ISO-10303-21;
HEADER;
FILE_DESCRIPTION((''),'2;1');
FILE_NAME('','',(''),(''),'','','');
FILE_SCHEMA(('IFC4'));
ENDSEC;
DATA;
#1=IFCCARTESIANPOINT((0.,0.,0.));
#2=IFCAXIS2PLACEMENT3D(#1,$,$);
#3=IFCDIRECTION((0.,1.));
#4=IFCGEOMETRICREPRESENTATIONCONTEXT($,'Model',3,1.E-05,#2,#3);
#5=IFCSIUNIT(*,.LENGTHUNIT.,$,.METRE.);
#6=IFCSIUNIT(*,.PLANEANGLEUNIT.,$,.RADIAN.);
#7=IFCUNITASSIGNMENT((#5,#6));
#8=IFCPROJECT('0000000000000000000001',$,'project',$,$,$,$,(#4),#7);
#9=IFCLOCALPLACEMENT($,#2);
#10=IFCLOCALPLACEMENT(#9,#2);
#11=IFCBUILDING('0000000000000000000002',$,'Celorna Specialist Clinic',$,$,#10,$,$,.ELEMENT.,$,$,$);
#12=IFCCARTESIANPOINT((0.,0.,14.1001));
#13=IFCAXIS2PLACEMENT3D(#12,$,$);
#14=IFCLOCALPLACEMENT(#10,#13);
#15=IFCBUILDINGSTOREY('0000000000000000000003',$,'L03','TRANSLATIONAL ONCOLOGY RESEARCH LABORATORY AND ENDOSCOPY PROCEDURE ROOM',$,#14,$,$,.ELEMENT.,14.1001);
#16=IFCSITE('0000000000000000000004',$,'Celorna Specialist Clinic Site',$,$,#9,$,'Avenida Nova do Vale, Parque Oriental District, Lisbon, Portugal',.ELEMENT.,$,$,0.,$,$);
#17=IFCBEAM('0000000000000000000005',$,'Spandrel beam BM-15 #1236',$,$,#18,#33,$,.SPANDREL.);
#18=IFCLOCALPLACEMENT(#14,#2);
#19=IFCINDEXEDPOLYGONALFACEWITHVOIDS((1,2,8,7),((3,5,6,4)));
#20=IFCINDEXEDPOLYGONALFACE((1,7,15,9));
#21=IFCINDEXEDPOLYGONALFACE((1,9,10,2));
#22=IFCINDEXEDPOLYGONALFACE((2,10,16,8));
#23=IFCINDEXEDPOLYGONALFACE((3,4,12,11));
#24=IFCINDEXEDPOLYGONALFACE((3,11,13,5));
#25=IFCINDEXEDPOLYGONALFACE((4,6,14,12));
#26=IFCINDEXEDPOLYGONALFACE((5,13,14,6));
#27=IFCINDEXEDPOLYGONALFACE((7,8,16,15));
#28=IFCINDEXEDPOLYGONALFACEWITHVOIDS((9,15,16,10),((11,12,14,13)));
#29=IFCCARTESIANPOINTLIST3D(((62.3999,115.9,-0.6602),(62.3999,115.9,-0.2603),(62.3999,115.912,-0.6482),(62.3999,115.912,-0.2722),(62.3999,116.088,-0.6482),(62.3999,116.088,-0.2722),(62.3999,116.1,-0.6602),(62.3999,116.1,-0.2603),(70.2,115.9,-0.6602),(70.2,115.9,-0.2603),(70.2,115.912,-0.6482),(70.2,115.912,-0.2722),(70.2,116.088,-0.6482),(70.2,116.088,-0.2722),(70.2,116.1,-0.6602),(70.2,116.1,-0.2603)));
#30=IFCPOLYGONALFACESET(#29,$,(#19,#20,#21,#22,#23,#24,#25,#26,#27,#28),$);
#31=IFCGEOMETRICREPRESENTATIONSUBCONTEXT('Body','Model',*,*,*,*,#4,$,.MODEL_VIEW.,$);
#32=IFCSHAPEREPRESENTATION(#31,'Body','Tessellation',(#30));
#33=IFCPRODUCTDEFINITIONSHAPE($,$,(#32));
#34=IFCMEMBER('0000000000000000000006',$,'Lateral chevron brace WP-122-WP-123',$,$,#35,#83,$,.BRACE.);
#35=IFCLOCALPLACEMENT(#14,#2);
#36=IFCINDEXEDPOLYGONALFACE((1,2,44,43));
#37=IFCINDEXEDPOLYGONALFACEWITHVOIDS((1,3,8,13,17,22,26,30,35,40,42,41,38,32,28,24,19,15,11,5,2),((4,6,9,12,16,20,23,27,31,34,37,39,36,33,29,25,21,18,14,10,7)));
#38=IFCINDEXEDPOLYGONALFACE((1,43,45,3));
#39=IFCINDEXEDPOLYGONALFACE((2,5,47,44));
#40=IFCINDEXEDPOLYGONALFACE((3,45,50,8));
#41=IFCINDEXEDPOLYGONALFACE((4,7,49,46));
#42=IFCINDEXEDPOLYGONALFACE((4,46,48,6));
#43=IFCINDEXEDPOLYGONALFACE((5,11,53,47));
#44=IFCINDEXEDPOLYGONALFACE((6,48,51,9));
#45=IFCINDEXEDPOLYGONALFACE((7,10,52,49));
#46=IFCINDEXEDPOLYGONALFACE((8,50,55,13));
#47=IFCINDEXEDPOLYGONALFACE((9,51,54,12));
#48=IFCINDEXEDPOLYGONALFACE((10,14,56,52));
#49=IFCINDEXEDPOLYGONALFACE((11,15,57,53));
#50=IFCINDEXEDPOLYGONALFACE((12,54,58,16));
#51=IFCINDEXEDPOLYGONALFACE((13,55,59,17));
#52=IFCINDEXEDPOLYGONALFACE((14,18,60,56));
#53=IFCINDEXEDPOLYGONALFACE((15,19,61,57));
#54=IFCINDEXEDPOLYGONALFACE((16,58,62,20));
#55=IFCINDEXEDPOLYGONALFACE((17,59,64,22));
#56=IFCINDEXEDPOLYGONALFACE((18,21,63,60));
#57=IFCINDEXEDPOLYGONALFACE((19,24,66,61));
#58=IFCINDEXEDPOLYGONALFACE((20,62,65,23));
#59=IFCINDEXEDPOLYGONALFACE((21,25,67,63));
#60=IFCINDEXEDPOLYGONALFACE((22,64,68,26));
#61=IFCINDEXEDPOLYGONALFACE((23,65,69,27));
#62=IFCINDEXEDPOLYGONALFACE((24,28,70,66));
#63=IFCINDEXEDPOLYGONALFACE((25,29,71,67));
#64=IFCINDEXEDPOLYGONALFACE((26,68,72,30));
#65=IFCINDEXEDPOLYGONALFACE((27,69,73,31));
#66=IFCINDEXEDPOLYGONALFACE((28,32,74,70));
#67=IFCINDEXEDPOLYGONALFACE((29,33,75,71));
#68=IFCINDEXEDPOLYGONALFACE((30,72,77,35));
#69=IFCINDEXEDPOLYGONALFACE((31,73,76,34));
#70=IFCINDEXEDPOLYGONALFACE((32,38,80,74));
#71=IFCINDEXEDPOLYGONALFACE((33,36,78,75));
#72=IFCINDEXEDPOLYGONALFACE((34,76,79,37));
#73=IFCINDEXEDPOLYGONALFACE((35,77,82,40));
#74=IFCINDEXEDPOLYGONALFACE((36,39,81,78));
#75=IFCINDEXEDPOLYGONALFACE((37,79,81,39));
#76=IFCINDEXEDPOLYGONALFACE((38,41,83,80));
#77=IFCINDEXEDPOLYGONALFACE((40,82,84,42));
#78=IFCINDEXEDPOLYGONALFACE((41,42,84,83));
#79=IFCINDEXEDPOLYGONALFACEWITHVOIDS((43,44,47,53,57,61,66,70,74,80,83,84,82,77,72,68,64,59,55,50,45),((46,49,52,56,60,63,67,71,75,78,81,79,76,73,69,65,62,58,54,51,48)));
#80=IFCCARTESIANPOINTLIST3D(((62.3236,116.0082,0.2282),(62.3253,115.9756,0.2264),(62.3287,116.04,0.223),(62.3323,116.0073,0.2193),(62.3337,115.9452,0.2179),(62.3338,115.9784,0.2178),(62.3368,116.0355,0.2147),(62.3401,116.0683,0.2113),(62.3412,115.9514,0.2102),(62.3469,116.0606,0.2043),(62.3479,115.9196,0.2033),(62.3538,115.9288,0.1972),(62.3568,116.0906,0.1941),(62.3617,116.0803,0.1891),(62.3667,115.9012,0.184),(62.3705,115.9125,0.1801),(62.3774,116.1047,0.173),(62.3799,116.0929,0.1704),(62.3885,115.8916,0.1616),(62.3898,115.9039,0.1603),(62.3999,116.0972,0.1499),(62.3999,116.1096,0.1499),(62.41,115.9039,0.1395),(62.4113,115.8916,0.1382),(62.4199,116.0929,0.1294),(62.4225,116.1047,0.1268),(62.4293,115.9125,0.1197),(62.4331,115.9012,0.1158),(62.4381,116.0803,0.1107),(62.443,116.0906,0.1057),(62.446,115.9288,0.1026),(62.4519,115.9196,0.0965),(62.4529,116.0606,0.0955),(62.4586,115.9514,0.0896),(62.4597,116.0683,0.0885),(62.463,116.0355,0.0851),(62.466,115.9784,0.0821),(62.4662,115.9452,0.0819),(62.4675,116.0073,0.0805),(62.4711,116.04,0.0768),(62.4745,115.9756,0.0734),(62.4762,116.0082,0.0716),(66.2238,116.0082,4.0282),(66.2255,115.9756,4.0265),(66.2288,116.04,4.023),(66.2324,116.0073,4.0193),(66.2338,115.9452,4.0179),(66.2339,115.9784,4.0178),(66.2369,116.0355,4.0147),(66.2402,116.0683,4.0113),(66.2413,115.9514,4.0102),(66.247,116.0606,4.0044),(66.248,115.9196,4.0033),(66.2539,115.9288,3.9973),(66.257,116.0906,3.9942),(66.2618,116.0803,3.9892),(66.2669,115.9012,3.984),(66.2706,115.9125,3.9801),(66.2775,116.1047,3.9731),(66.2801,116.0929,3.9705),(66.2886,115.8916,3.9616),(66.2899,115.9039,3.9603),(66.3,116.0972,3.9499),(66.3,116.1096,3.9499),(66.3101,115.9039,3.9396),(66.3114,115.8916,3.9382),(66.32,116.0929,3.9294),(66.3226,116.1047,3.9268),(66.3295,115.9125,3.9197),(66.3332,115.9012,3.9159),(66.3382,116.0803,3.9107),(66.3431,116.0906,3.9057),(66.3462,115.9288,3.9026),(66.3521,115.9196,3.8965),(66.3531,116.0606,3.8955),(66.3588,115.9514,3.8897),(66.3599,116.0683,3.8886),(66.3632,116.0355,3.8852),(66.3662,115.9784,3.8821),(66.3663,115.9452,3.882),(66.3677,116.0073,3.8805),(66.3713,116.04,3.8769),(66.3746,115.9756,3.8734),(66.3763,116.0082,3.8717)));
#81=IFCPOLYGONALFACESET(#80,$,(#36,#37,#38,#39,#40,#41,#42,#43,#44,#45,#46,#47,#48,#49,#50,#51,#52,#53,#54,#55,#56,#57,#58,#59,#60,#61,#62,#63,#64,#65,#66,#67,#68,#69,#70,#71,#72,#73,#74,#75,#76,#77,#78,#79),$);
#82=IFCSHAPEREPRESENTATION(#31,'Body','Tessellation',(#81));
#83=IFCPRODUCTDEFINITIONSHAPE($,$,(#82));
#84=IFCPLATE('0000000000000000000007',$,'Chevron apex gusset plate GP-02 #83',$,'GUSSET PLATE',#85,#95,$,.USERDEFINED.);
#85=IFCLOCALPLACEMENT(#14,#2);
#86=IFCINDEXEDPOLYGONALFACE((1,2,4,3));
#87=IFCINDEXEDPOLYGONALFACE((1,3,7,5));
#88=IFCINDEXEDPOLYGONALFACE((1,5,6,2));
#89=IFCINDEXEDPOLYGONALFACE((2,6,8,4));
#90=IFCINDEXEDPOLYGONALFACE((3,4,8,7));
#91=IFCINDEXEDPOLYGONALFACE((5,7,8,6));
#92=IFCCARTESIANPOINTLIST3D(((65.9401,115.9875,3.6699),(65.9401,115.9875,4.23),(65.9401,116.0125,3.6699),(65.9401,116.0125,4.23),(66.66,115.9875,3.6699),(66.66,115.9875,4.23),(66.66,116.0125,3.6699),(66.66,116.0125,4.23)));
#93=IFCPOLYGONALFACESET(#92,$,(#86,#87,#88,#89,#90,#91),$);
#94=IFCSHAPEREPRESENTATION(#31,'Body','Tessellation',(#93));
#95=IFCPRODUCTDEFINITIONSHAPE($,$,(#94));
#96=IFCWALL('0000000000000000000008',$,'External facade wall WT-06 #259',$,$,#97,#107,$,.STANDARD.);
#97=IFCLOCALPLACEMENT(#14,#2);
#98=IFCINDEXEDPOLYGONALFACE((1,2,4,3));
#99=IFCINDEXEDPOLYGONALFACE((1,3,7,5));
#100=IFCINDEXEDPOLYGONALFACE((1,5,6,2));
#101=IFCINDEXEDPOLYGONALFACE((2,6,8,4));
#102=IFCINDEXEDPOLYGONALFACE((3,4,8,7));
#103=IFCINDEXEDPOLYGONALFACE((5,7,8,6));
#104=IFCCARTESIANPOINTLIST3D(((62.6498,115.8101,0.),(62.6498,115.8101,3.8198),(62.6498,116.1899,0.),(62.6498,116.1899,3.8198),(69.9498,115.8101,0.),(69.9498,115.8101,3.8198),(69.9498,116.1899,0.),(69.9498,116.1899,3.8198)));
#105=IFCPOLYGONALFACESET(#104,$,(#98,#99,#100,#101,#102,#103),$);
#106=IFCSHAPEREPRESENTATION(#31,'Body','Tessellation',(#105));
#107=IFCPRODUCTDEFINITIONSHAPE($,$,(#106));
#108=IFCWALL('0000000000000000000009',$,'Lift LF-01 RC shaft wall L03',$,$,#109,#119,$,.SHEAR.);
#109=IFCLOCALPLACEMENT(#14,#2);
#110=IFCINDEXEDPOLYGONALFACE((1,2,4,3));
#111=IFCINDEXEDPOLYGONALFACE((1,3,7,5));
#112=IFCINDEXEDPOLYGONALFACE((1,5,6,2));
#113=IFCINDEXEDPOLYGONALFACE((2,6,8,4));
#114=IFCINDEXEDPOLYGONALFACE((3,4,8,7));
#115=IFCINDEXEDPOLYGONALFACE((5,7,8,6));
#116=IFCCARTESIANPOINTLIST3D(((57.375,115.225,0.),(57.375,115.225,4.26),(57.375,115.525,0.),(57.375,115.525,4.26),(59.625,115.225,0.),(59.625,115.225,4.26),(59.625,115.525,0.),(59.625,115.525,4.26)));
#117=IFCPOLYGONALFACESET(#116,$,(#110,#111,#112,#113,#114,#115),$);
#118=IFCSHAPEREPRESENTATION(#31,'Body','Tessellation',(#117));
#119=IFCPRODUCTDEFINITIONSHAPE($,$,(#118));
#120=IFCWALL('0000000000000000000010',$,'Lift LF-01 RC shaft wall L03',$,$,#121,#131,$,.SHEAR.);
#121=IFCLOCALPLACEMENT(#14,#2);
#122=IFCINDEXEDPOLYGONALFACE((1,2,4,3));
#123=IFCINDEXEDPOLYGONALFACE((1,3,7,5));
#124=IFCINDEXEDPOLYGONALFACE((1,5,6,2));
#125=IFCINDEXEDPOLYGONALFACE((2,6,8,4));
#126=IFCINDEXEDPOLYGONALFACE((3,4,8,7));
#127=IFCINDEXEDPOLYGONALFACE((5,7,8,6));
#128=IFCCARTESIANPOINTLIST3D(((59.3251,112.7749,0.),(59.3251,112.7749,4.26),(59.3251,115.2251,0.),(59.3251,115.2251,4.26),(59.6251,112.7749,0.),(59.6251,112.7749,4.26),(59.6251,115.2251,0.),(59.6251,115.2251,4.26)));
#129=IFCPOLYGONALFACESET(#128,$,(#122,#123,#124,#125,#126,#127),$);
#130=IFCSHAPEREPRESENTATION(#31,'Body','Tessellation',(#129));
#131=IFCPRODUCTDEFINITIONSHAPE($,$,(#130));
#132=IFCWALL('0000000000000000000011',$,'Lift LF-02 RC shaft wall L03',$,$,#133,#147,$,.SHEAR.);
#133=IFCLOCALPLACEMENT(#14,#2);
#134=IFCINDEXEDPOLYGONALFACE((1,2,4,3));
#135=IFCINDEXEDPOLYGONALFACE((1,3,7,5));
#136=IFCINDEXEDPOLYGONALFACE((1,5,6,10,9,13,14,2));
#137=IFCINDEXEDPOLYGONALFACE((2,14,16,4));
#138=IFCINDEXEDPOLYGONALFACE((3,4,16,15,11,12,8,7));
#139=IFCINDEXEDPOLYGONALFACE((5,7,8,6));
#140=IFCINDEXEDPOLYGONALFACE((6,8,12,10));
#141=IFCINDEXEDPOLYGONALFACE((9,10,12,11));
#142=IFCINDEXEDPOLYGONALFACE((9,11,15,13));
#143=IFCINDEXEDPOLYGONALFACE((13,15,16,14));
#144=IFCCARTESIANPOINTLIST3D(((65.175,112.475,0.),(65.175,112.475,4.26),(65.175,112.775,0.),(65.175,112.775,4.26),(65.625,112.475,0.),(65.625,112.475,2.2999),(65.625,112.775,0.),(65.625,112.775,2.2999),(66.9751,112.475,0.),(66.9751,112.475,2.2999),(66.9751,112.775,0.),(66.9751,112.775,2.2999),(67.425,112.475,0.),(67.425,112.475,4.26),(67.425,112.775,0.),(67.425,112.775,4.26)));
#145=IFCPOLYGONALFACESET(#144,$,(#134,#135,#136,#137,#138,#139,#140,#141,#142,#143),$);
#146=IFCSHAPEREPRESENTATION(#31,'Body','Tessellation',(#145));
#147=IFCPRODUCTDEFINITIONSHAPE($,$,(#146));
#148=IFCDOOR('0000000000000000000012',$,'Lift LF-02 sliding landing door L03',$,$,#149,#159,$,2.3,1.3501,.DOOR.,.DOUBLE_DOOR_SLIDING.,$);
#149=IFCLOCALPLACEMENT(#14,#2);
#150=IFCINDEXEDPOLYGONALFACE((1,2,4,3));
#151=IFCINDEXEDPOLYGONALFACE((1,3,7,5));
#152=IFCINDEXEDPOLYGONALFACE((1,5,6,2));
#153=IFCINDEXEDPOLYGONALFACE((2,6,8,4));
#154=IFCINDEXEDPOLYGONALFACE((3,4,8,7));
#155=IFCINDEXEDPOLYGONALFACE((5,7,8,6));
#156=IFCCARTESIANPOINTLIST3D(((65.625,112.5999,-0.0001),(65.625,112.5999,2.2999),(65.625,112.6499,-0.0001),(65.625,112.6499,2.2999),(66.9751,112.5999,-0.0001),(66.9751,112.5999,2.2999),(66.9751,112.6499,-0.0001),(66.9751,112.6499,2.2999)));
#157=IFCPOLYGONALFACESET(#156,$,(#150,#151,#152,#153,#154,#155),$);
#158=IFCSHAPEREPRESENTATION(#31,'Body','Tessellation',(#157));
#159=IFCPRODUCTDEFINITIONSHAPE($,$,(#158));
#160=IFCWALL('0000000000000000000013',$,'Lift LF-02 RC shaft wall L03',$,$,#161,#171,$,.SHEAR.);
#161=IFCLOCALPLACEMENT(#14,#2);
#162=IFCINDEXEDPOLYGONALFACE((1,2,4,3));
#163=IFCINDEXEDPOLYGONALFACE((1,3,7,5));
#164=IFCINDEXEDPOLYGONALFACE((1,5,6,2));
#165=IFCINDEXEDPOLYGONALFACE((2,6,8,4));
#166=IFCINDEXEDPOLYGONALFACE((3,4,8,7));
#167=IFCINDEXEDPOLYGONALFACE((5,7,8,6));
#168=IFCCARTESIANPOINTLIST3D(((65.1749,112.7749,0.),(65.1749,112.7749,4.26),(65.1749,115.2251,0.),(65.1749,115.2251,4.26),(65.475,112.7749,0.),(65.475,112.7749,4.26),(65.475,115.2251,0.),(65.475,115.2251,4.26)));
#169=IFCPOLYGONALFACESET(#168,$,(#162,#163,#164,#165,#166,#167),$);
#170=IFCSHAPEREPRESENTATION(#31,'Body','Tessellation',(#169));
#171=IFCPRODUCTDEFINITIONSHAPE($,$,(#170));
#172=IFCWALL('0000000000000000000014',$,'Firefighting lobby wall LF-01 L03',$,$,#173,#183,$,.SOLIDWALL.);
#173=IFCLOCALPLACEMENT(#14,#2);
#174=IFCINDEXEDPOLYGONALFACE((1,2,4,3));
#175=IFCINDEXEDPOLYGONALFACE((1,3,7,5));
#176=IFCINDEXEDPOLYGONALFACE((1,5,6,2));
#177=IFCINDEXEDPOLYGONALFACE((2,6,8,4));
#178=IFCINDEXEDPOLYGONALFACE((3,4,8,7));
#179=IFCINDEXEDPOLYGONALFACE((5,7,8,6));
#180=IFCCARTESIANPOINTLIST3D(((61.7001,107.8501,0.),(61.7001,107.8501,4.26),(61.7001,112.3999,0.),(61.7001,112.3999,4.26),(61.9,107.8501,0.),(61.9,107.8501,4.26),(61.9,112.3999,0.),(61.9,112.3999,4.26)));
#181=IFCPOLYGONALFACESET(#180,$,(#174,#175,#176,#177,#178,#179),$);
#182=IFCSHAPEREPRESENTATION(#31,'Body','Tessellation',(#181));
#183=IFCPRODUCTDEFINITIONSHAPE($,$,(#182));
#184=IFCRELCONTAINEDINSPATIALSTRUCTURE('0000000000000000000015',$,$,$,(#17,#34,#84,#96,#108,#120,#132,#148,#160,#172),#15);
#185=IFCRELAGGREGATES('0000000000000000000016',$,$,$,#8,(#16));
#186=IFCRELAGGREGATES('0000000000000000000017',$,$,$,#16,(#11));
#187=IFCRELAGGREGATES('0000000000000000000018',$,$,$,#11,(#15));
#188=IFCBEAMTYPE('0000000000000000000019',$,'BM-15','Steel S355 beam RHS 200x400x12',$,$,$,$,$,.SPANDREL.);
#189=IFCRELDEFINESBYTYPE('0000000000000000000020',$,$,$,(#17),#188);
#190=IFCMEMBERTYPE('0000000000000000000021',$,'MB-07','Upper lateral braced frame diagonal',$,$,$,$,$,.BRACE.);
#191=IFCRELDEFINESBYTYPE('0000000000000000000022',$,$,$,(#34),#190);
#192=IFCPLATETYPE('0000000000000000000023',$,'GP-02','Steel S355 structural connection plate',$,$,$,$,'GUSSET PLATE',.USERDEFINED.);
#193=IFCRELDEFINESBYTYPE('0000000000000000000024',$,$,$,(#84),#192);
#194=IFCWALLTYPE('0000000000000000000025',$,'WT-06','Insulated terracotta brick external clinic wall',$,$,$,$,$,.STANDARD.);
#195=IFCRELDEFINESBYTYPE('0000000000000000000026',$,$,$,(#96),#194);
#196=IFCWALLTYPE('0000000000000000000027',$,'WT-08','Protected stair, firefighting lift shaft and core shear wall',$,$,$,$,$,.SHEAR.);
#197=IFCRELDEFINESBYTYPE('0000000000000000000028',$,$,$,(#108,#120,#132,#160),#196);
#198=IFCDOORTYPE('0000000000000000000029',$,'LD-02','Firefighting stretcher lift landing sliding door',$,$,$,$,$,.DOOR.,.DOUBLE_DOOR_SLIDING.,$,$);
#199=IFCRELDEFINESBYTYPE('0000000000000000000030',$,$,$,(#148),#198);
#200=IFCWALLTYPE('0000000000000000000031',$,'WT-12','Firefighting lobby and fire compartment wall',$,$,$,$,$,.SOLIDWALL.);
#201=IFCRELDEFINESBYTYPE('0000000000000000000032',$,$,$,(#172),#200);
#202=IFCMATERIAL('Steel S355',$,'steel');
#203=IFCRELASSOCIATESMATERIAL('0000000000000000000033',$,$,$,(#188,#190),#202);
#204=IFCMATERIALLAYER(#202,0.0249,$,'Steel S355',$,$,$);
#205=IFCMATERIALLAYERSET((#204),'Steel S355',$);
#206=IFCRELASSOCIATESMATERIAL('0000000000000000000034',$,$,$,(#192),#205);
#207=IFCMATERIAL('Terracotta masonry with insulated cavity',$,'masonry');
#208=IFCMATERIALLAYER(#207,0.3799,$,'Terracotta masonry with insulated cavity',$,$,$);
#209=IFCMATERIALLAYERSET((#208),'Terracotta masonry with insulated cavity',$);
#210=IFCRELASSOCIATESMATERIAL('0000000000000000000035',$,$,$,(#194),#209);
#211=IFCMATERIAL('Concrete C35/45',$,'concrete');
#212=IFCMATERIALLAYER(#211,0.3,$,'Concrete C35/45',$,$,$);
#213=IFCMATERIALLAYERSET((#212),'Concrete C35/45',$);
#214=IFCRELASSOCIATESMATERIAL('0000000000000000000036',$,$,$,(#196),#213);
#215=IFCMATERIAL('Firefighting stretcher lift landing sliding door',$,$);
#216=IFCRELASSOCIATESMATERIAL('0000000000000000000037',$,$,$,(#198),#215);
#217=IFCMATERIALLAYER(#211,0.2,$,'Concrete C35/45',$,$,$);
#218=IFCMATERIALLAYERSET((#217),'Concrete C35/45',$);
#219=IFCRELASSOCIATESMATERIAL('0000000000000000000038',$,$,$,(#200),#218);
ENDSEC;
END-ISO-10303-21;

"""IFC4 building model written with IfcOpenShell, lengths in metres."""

from ifc_helpers import new_model, si_unit, direction, frame, frame_2d, origin, origin_2d, place, context, subcontext, project, spatial, rectangle, hollow_rectangle, hollow_circle, extrude, material, layer, layer_set, material_profile, profile_set, type_object, element, fill, save


model = new_model("IFC4")

# Units and contexts
model_context = context("Model", 3, precision=1e-05, world=origin(), true_north=direction((0.0, 1.0)))
body_context = subcontext(model_context, "Body", "Model", "MODEL_VIEW")
ifc_project = project(units=[si_unit("LENGTHUNIT", "METRE"), si_unit("PLANEANGLEUNIT", "RADIAN")], contexts=[model_context])

# Site, building, storey
site_placement = place(None, origin())
site = spatial("IfcSite", under=ifc_project, at=site_placement, Name="Celorna Specialist Clinic Site", LongName="Avenida Nova do Vale, Parque Oriental District, Lisbon, Portugal", CompositionType="ELEMENT", RefElevation=0.0)
building_placement = place(site_placement, origin())
building = spatial("IfcBuilding", under=site, at=building_placement, Name="Celorna Specialist Clinic", CompositionType="ELEMENT")
storey_placement = place(building_placement, frame((0.0, 0.0, 14.1001)))
storey = spatial("IfcBuildingStorey", under=building, at=storey_placement, Name="L03", Description="TRANSLATIONAL ONCOLOGY RESEARCH LABORATORY AND ENDOSCOPY PROCEDURE ROOM", CompositionType="ELEMENT", Elevation=14.1001)

# Shared definitions
ifc_material_1 = material(Name="Concrete C35/45", Category="concrete")

# Beam
ifc_material_2 = material(Name="Steel S355", Category="steel")
ifc_material_profile_1 = material_profile(ifc_material_2, hollow_rectangle(XDim=0.2, YDim=0.3999, WallThickness=0.012, at=origin_2d()), Name="RHS 200x400x12")
ifc_profile_set_1 = profile_set([ifc_material_profile_1], Name="Steel S355")
beam_type_1 = type_object("IfcBeamType", Name="BM-15", Description="Steel S355 beam RHS 200x400x12", PredefinedType="SPANDREL", material=ifc_profile_set_1)
beam_1_placement = place(storey_placement, frame((62.3999, 116.0, -0.4602), z_axis=(1.0, 0.0, 0.0), x_axis=(0.0, 1.0, 0.0)))
element("IfcBeam", 1, at=beam_1_placement, inside=storey, type_object=beam_type_1, Name="Spandrel beam BM-15 #1236", PredefinedType="SPANDREL", context=body_context, shape_type="SweptSolid", body=[
    extrude(hollow_rectangle(XDim=0.2, YDim=0.3999, WallThickness=0.012, at=origin_2d()), origin(), (0.0, 0.0, 1.0), 7.8),
])

# Member
ifc_material_profile_2 = material_profile(ifc_material_2, hollow_circle(Radius=0.1096, WallThickness=0.0125, at=origin_2d()), Name="CHS 219.1x12.5")
ifc_profile_set_2 = profile_set([ifc_material_profile_2], Name="Steel S355")
member_type = type_object("IfcMemberType", Name="MB-07", Description="Upper lateral braced frame diagonal", PredefinedType="BRACE", material=ifc_profile_set_2)
member_placement = place(storey_placement, frame((62.3999, 116.0, 0.1499), z_axis=(0.716238, 0.0, 0.697856), x_axis=(0.0, 1.0, 0.0)))
element("IfcMember", 2, at=member_placement, inside=storey, type_object=member_type, Name="Lateral chevron brace WP-122-WP-123", PredefinedType="BRACE", context=body_context, shape_type="SweptSolid", body=[
    extrude(hollow_circle(Radius=0.1096, WallThickness=0.0125, at=origin_2d()), origin(), (0.0, 0.0, 1.0), 5.4453),
])

# Plate
ifc_layer_1 = layer(ifc_material_2, 0.0249, Name="Steel S355")
ifc_layer_set_1 = layer_set([ifc_layer_1], Name="Steel S355")
plate_type = type_object("IfcPlateType", Name="GP-02", Description="Steel S355 structural connection plate", ElementType="GUSSET PLATE", PredefinedType="USERDEFINED", material=ifc_layer_set_1)
plate_placement = place(storey_placement, frame((66.3, 116.0, 3.6699), z_axis=(0.0, 0.0, 1.0), x_axis=(1.0, 0.0, 0.0)))
element("IfcPlate", 3, at=plate_placement, inside=storey, type_object=plate_type, Name="Chevron apex gusset plate GP-02 #83", ObjectType="GUSSET PLATE", PredefinedType="USERDEFINED", context=body_context, shape_type="SweptSolid", body=[
    extrude(rectangle(XDim=0.72, YDim=0.0249, at=origin_2d()), origin(), (0.0, 0.0, 1.0), 0.5601),
])

# Walls
ifc_material_3 = material(Name="Terracotta masonry with insulated cavity", Category="masonry")
ifc_layer_2 = layer(ifc_material_3, 0.3799, Name="Terracotta masonry with insulated cavity")
ifc_layer_set_2 = layer_set([ifc_layer_2], Name="Terracotta masonry with insulated cavity")
wall_type_1 = type_object("IfcWallType", Name="WT-06", Description="Insulated terracotta brick external clinic wall", PredefinedType="STANDARD", material=ifc_layer_set_2)
wall_1_placement = place(storey_placement, frame((62.6499, 116.0, 0.0), z_axis=(0.0, 0.0, 1.0), x_axis=(1.0, 0.0, 0.0)))
element("IfcWall", 4, at=wall_1_placement, inside=storey, type_object=wall_type_1, Name="External facade wall WT-06 #259", PredefinedType="STANDARD", context=body_context, shape_type="SweptSolid", body=[
    extrude(rectangle(XDim=7.3, YDim=0.3799, at=frame_2d((3.6499, 0.0))), origin(), (0.0, 0.0, 1.0), 3.8198),
])
ifc_layer_3 = layer(ifc_material_1, 0.3, Name="Concrete C35/45")
ifc_layer_set_3 = layer_set([ifc_layer_3], Name="Concrete C35/45")
wall_type_2 = type_object("IfcWallType", Name="WT-08", Description="Protected stair, firefighting lift shaft and core shear wall", PredefinedType="SHEAR", material=ifc_layer_set_3)
wall_2_placement = place(storey_placement, frame((59.625, 115.375, 0.0), z_axis=(0.0, 0.0, 1.0), x_axis=(-1.0, 0.0, 0.0)))
element("IfcWall", 5, at=wall_2_placement, inside=storey, type_object=wall_type_2, Name="Lift LF-01 RC shaft wall L03", PredefinedType="SHEAR", context=body_context, shape_type="SweptSolid", body=[
    extrude(rectangle(XDim=2.25, YDim=0.3, at=frame_2d((1.125, 0.0))), origin(), (0.0, 0.0, 1.0), 4.26),
])
wall_3_placement = place(storey_placement, frame((59.4751, 112.7749, 0.0), z_axis=(0.0, 0.0, 1.0), x_axis=(0.0, 1.0, 0.0)))
element("IfcWall", 6, at=wall_3_placement, inside=storey, type_object=wall_type_2, Name="Lift LF-01 RC shaft wall L03", PredefinedType="SHEAR", context=body_context, shape_type="SweptSolid", body=[
    extrude(rectangle(XDim=2.4502, YDim=0.3, at=frame_2d((1.2251, 0.0))), origin(), (0.0, 0.0, 1.0), 4.26),
])

# Wall, opening, door
wall_4_placement = place(storey_placement, frame((65.175, 112.625, 0.0), z_axis=(0.0, 0.0, 1.0), x_axis=(1.0, 0.0, 0.0)))
wall_4 = element("IfcWall", 7, at=wall_4_placement, inside=storey, type_object=wall_type_2, Name="Lift LF-02 RC shaft wall L03", PredefinedType="SHEAR", context=body_context, shape_type="SweptSolid", body=[
    extrude(rectangle(XDim=2.25, YDim=0.3, at=frame_2d((1.125, 0.0))), origin(), (0.0, 0.0, 1.0), 4.26),
])
opening_1_placement = place(wall_4_placement, frame((0.45, 0.0, 0.0)))
opening_1 = element("IfcOpeningElement", 8, at=opening_1_placement, cuts=wall_4, PredefinedType="OPENING", context=body_context, shape_type="SweptSolid", body=[
    extrude(rectangle(XDim=1.3501, YDim=2.3, at=frame_2d((0.675, 1.1499))), frame((0.0, 0.1599, 0.0), z_axis=(0.0, -1.0, 0.0), x_axis=(1.0, 0.0, 0.0)), (0.0, 0.0, 1.0), 0.3201),
])
ifc_material_4 = material(Name="Firefighting stretcher lift landing sliding door")
door_type_1 = type_object("IfcDoorType", Name="LD-02", Description="Firefighting stretcher lift landing sliding door", OperationType="DOUBLE_DOOR_SLIDING", PredefinedType="DOOR", material=ifc_material_4)
door_1_placement = place(opening_1_placement, origin())
door_1 = element("IfcDoor", 9, at=door_1_placement, inside=storey, type_object=door_type_1, Name="Lift LF-02 sliding landing door L03", OperationType="DOUBLE_DOOR_SLIDING", OverallHeight=2.3, OverallWidth=1.3501, PredefinedType="DOOR", context=body_context, shape_type="SweptSolid", body=[
    extrude(rectangle(XDim=1.3501, YDim=2.3, at=frame_2d((0.675, 1.1499))), frame((0.0, 0.0249, 0.0), z_axis=(0.0, -1.0, 0.0), x_axis=(1.0, 0.0, 0.0)), (0.0, 0.0, 1.0), 0.05),
])
fill(opening_1, door_1)

# Walls
wall_5_placement = place(storey_placement, frame((65.325, 115.2251, 0.0), z_axis=(0.0, 0.0, 1.0), x_axis=(0.0, -1.0, 0.0)))
element("IfcWall", 10, at=wall_5_placement, inside=storey, type_object=wall_type_2, Name="Lift LF-02 RC shaft wall L03", PredefinedType="SHEAR", context=body_context, shape_type="SweptSolid", body=[
    extrude(rectangle(XDim=2.4502, YDim=0.3, at=frame_2d((1.2251, 0.0))), origin(), (0.0, 0.0, 1.0), 4.26),
])
ifc_layer_4 = layer(ifc_material_1, 0.2, Name="Concrete C35/45")
ifc_layer_set_4 = layer_set([ifc_layer_4], Name="Concrete C35/45")
wall_type_3 = type_object("IfcWallType", Name="WT-12", Description="Firefighting lobby and fire compartment wall", PredefinedType="SOLIDWALL", material=ifc_layer_set_4)
wall_6_placement = place(storey_placement, frame((61.8, 107.8501, 0.0), z_axis=(0.0, 0.0, 1.0), x_axis=(0.0, 1.0, 0.0)))
element("IfcWall", 11, at=wall_6_placement, inside=storey, type_object=wall_type_3, Name="Firefighting lobby wall LF-01 L03", PredefinedType="SOLIDWALL", context=body_context, shape_type="SweptSolid", body=[
    extrude(rectangle(XDim=4.5498, YDim=0.2, at=frame_2d((2.2749, 0.0))), origin(), (0.0, 0.0, 1.0), 4.26),
])

save(model, "model.ifc")
